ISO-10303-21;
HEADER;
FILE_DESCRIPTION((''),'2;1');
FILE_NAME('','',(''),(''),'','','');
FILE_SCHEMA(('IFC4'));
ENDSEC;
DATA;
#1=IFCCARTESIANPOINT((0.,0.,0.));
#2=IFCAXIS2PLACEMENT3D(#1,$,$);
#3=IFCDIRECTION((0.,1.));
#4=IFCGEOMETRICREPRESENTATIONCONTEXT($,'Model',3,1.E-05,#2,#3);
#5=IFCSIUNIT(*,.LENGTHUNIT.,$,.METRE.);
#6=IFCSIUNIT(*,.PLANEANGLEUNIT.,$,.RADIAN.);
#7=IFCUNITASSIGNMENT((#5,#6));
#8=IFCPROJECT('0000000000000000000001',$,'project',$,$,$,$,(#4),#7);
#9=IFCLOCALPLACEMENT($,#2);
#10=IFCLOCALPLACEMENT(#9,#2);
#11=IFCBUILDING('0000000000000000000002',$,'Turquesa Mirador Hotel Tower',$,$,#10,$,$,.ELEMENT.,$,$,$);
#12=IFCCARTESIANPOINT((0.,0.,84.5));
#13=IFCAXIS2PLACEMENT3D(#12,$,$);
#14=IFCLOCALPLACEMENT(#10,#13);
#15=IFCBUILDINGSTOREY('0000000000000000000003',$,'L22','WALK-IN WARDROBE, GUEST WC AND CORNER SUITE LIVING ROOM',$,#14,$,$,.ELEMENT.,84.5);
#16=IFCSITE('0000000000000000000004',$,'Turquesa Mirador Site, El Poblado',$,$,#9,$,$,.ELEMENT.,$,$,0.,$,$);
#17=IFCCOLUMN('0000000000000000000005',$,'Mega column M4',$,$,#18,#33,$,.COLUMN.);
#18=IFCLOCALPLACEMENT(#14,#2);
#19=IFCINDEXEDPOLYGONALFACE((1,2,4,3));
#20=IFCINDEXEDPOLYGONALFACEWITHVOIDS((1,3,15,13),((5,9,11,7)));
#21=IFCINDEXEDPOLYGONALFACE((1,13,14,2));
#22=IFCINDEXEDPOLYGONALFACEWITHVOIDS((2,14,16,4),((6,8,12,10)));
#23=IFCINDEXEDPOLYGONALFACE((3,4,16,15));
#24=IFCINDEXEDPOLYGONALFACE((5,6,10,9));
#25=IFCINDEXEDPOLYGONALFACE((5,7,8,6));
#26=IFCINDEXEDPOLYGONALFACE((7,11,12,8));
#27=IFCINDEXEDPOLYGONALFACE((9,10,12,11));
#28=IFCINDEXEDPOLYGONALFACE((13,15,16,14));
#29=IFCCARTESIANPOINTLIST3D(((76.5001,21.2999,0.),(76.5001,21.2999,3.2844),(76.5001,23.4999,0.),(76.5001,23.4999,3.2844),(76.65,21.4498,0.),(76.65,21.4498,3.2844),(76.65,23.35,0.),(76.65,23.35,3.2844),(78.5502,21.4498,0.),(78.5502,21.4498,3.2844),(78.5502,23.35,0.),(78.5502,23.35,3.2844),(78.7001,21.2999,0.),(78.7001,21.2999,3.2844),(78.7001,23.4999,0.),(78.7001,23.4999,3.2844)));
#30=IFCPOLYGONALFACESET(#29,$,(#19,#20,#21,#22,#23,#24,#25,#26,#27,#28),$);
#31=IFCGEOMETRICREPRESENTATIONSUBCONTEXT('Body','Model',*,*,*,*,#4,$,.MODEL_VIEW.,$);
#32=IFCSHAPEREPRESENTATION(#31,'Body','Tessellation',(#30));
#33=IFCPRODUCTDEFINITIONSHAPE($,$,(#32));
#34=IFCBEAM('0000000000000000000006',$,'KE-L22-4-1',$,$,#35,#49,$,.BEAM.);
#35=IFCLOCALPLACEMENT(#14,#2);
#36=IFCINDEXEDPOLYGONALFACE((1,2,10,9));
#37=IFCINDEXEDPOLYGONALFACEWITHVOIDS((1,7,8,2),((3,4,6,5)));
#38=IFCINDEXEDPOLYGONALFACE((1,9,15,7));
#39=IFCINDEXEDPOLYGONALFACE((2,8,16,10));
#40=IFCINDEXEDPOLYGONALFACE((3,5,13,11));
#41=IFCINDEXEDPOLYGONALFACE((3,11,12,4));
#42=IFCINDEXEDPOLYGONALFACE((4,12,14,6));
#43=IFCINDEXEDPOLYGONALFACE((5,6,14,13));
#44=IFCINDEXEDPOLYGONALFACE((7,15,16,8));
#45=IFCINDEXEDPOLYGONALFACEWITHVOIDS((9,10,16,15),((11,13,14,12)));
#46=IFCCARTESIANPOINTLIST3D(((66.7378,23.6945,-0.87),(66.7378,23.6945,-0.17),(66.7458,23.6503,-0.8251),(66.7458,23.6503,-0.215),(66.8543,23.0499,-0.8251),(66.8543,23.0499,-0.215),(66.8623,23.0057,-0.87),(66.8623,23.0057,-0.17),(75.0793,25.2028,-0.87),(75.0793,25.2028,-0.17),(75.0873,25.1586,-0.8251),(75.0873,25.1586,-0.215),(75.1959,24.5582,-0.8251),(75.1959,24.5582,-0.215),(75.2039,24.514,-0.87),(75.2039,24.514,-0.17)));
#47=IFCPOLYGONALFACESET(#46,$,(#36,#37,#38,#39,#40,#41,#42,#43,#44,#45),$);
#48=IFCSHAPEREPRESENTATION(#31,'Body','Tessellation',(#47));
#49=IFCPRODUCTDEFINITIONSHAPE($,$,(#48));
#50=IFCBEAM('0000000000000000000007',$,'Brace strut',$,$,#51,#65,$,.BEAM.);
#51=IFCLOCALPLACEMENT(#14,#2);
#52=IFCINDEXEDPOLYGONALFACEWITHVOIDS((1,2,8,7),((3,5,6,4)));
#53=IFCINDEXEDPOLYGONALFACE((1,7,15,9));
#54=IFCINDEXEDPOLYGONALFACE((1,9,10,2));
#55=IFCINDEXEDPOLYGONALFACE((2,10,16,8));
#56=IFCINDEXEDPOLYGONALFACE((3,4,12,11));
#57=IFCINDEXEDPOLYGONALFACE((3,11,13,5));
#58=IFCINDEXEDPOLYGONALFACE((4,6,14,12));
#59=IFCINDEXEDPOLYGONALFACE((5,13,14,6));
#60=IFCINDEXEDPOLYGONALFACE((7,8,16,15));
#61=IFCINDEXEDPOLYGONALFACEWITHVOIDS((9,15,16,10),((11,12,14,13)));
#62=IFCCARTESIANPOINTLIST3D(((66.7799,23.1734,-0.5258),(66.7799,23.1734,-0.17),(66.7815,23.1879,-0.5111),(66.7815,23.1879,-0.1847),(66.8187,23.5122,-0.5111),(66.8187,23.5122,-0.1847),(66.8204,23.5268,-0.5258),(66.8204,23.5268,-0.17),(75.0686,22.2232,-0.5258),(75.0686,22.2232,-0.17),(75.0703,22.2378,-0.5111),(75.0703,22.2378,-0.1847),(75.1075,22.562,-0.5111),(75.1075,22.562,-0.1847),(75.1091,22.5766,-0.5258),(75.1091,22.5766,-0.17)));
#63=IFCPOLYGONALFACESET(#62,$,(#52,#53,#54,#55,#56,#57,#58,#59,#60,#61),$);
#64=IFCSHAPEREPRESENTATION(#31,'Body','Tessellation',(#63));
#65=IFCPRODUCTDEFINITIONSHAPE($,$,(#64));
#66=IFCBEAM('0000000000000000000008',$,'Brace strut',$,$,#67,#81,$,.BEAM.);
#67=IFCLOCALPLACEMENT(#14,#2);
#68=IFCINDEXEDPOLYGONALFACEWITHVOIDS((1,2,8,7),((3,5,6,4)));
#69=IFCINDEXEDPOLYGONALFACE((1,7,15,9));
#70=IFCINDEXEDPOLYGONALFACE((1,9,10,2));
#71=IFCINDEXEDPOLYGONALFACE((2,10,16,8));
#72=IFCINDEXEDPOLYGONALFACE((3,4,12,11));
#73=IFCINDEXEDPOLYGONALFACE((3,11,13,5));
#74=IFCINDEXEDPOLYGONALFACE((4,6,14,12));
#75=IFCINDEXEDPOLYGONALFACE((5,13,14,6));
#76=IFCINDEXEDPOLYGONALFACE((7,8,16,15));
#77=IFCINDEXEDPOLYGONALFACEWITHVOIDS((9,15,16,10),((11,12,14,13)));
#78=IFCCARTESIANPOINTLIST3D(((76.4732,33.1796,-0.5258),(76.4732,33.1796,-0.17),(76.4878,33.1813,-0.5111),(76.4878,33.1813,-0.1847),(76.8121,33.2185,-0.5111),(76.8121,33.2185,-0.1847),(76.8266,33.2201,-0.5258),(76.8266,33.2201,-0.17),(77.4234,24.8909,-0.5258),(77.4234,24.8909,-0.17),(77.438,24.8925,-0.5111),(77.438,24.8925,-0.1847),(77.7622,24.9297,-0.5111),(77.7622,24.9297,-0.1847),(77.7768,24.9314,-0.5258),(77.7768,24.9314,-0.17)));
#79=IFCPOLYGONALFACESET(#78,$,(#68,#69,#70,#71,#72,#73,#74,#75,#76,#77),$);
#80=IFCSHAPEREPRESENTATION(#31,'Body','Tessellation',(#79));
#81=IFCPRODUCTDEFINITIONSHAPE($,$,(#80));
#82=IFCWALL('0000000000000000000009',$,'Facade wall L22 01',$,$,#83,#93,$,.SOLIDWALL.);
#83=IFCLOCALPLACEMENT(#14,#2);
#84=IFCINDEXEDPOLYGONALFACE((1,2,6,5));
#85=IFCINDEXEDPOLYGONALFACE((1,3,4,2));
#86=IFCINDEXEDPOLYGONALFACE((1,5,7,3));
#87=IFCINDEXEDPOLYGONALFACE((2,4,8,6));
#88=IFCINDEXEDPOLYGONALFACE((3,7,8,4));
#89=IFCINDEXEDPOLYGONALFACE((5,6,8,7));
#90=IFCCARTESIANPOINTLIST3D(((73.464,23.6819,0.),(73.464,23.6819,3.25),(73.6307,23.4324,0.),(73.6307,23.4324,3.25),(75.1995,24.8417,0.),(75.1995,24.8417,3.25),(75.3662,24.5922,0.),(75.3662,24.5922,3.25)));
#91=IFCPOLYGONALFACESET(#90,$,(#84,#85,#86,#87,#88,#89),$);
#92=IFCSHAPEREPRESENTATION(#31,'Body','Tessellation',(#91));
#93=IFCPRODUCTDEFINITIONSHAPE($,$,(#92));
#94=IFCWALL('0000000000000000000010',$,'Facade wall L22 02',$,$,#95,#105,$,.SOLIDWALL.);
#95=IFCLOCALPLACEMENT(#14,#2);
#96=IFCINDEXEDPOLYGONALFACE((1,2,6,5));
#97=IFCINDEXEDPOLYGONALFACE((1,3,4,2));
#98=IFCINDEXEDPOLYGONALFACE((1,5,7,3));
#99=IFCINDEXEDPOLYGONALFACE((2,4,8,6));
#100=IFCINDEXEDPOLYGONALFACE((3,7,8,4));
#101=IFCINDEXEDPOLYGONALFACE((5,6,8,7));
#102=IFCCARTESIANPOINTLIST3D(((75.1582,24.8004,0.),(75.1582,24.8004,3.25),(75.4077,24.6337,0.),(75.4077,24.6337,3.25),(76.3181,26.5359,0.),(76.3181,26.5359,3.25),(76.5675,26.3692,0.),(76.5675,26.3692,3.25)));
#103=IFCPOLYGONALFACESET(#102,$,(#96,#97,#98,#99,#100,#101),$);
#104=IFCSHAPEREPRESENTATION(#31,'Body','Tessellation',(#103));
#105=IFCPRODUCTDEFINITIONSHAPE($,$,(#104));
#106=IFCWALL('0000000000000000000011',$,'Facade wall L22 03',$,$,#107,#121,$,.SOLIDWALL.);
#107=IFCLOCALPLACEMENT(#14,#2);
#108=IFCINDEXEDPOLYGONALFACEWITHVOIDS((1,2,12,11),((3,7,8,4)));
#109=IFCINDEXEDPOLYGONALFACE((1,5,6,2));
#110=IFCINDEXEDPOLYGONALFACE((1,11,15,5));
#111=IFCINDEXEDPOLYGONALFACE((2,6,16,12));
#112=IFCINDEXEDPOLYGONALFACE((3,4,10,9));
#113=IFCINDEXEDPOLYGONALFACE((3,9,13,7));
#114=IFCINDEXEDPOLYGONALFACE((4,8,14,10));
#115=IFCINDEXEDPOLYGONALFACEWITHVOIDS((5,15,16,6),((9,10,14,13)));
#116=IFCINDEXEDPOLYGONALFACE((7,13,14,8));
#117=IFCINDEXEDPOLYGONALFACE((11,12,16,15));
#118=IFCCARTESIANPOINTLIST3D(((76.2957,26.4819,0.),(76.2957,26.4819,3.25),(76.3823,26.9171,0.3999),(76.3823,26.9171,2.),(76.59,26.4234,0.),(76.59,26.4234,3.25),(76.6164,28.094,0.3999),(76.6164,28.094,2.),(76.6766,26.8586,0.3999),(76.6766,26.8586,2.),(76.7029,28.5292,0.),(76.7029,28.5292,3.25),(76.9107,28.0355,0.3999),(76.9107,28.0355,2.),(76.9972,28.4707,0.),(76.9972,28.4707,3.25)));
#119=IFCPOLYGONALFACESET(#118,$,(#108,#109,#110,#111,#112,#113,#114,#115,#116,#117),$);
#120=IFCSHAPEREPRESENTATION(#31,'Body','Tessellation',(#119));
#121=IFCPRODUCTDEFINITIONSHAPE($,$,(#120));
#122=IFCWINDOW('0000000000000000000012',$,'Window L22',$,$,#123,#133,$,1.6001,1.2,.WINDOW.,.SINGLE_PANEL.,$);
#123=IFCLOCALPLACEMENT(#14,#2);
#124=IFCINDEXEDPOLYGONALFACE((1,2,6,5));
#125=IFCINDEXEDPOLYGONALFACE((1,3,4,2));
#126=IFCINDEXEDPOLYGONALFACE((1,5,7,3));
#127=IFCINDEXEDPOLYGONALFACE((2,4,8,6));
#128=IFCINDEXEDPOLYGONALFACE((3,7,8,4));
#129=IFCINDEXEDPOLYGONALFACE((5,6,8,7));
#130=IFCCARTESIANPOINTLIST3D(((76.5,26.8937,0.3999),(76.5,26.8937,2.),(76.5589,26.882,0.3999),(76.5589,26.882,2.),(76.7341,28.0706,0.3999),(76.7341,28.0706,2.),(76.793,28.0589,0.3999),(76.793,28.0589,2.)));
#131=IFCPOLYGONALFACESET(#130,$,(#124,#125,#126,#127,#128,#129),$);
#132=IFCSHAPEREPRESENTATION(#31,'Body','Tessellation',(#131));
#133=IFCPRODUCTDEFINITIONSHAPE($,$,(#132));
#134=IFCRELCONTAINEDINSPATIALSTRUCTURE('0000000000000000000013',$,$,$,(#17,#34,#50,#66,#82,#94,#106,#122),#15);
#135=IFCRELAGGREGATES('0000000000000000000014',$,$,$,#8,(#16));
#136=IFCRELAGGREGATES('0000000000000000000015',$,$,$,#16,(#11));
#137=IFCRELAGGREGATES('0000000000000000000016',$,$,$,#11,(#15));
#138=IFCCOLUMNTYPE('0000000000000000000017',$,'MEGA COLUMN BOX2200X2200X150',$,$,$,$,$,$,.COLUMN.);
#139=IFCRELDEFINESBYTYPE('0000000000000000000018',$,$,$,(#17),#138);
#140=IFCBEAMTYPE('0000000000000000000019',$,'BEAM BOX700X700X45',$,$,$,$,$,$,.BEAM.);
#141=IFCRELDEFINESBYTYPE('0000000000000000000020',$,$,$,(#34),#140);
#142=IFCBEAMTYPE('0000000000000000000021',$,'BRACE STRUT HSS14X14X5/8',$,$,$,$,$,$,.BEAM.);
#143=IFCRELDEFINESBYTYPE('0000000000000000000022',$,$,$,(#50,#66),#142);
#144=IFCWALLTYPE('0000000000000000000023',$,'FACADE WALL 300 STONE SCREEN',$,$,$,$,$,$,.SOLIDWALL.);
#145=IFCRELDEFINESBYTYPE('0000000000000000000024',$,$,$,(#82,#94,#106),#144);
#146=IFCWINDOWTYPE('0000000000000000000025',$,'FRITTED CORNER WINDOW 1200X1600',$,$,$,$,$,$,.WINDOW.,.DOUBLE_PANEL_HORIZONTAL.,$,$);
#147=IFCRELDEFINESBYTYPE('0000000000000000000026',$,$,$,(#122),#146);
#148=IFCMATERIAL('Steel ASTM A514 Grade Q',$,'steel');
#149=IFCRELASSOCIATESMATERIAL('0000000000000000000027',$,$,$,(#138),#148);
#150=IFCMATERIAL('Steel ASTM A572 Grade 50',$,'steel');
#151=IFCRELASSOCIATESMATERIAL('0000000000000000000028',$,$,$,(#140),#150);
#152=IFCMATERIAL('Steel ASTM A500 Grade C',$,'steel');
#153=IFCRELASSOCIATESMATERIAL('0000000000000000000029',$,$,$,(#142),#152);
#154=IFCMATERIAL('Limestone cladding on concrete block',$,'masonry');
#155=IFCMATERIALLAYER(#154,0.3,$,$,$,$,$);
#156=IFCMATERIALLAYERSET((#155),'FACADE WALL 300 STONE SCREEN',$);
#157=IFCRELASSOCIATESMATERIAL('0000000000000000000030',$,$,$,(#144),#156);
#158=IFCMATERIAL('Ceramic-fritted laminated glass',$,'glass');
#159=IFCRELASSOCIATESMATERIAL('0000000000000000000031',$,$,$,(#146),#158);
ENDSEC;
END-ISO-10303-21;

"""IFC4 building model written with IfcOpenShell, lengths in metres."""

from ifc_helpers import new_model, si_unit, direction, frame, frame_2d, origin, origin_2d, place, context, subcontext, project, spatial, rectangle, hollow_rectangle, extrude, clip, halfspace, material, layer, layer_set, material_profile, profile_set, type_object, element, fill, save


model = new_model("IFC4")

# Units and contexts
model_context = context("Model", 3, precision=1e-05, world=origin(), true_north=direction((0.0, 1.0)))
body_context = subcontext(model_context, "Body", "Model", "MODEL_VIEW")
ifc_project = project(units=[si_unit("LENGTHUNIT", "METRE"), si_unit("PLANEANGLEUNIT", "RADIAN")], contexts=[model_context])

# Site, building, storey
site_placement = place(None, origin())
site = spatial("IfcSite", under=ifc_project, at=site_placement, Name="Turquesa Mirador Site, El Poblado", CompositionType="ELEMENT", RefElevation=0.0)
building_placement = place(site_placement, origin())
building = spatial("IfcBuilding", under=site, at=building_placement, Name="Turquesa Mirador Hotel Tower", CompositionType="ELEMENT")
storey_placement = place(building_placement, frame((0.0, 0.0, 84.5)))
storey = spatial("IfcBuildingStorey", under=building, at=storey_placement, Name="L22", Description="WALK-IN WARDROBE, GUEST WC AND CORNER SUITE LIVING ROOM", CompositionType="ELEMENT", Elevation=84.5)

# Column
ifc_material_1 = material(Name="Steel ASTM A514 Grade Q", Category="steel")
ifc_material_profile_1 = material_profile(ifc_material_1, hollow_rectangle(XDim=2.2, YDim=2.2, WallThickness=0.1499, at=origin_2d()), Name="BOX2200X2200X150")
ifc_profile_set_1 = profile_set([ifc_material_profile_1], Name="Steel ASTM A514 Grade Q")
column_type = type_object("IfcColumnType", Name="MEGA COLUMN BOX2200X2200X150", PredefinedType="COLUMN", material=ifc_profile_set_1)
column_placement = place(storey_placement, frame((77.6001, 22.3999, 0.0), z_axis=(0.0, 0.0, 1.0), x_axis=(1.0, 0.0, 0.0)))
element("IfcColumn", 1, at=column_placement, inside=storey, type_object=column_type, Name="Mega column M4", PredefinedType="COLUMN", context=body_context, shape_type="Clipping", body=[
    clip(extrude(hollow_rectangle(XDim=2.2, YDim=2.2, WallThickness=0.1499, at=origin_2d()), origin(), (0.0, 0.0, 1.0), 3.5), halfspace(frame((0.0, 0.0, 3.2844), z_axis=(0.0, 0.0, 1.0), x_axis=(1.0, 0.0, 0.0)), False)),
])

# Beams
ifc_material_2 = material(Name="Steel ASTM A572 Grade 50", Category="steel")
ifc_material_profile_2 = material_profile(ifc_material_2, hollow_rectangle(XDim=0.7, YDim=0.7, WallThickness=0.0449, at=origin_2d()), Name="BOX700X700X45")
ifc_profile_set_2 = profile_set([ifc_material_profile_2], Name="Steel ASTM A572 Grade 50")
beam_type_1 = type_object("IfcBeamType", Name="BEAM BOX700X700X45", PredefinedType="BEAM", material=ifc_profile_set_2)
beam_placement = place(storey_placement, frame((75.1416, 24.8584, -0.52), z_axis=(-0.984043, -0.177932, 0.0), x_axis=(0.177932, -0.984043, 0.0)))
element("IfcBeam", 2, at=beam_placement, inside=storey, type_object=beam_type_1, Name="KE-L22-4-1", PredefinedType="BEAM", context=body_context, shape_type="SweptSolid", body=[
    extrude(hollow_rectangle(XDim=0.7, YDim=0.7, WallThickness=0.0449, at=origin_2d()), origin(), (0.0, 0.0, 1.0), 8.4768),
])
ifc_material_3 = material(Name="Steel ASTM A500 Grade C", Category="steel")
ifc_material_profile_3 = material_profile(ifc_material_3, hollow_rectangle(XDim=0.3557, YDim=0.3557, WallThickness=0.0146, at=origin_2d()), Name="HSS14X14X5/8")
ifc_profile_set_3 = profile_set([ifc_material_profile_3], Name="Steel ASTM A500 Grade C")
beam_type_2 = type_object("IfcBeamType", Name="BRACE STRUT HSS14X14X5/8", PredefinedType="BEAM", material=ifc_profile_set_3)
for number, where, z_axis, x_axis, name in (
    (3, (75.0889, 22.3999, -0.3479), (-0.993493, 0.11389, 0.0), (-0.11389, -0.993493, 0.0), "Brace strut"),
    (4, (77.6001, 24.9111, -0.3479), (-0.11389, 0.993493, 0.0), (-0.993493, -0.11389, 0.0), "Brace strut"),
):
    element("IfcBeam", number, at=place(storey_placement, frame(where, z_axis=z_axis, x_axis=x_axis)), inside=storey, type_object=beam_type_2, Name=name, PredefinedType="BEAM", context=body_context, shape_type="SweptSolid", body=[
        extrude(hollow_rectangle(XDim=0.3557, YDim=0.3557, WallThickness=0.0146, at=origin_2d()), origin(), (0.0, 0.0, 1.0), 8.343),
    ])

# Walls
ifc_material_4 = material(Name="Limestone cladding on concrete block", Category="masonry")
ifc_layer = layer(ifc_material_4, 0.3)
ifc_layer_set = layer_set([ifc_layer], Name="FACADE WALL 300 STONE SCREEN")
wall_type = type_object("IfcWallType", Name="FACADE WALL 300 STONE SCREEN", PredefinedType="SOLIDWALL", material=ifc_layer_set)
for number, where, z_axis, x_axis, name in (
    (5, (73.5474, 23.5571, 0.0), (0.0, 0.0, 1.0), (0.83142, 0.555644, 0.0), "Facade wall L22 01"),
    (6, (75.283, 24.717, 0.0), (0.0, 0.0, 1.0), (0.555644, 0.83142, 0.0), "Facade wall L22 02"),
):
    element("IfcWall", number, at=place(storey_placement, frame(where, z_axis=z_axis, x_axis=x_axis)), inside=storey, type_object=wall_type, Name=name, PredefinedType="SOLIDWALL", context=body_context, shape_type="SweptSolid", body=[
        extrude(rectangle(XDim=2.0874, YDim=0.3, at=frame_2d((1.0437, 0.0))), origin(), (0.0, 0.0, 1.0), 3.25),
    ])

# Wall, opening, window
wall_1_placement = place(storey_placement, frame((76.4429, 26.4526, 0.0), z_axis=(0.0, 0.0, 1.0), x_axis=(0.195081, 0.980787, 0.0)))
wall_1 = element("IfcWall", 7, at=wall_1_placement, inside=storey, type_object=wall_type, Name="Facade wall L22 03", PredefinedType="SOLIDWALL", context=body_context, shape_type="SweptSolid", body=[
    extrude(rectangle(XDim=2.0874, YDim=0.3, at=frame_2d((1.0437, 0.0))), origin(), (0.0, 0.0, 1.0), 3.25),
])
opening_1_placement = place(wall_1_placement, frame((0.4436, 0.0, 0.3999)))
opening_1 = element("IfcOpeningElement", 8, at=opening_1_placement, cuts=wall_1, PredefinedType="OPENING", context=body_context, shape_type="SweptSolid", body=[
    extrude(rectangle(XDim=1.2, YDim=1.6001, at=frame_2d((0.6001, 0.8))), frame((0.0, 0.1599, 0.0), z_axis=(0.0, -1.0, 0.0), x_axis=(1.0, 0.0, 0.0)), (0.0, 0.0, 1.0), 0.3201),
])
ifc_material_5 = material(Name="Ceramic-fritted laminated glass", Category="glass")
window_type_1 = type_object("IfcWindowType", Name="FRITTED CORNER WINDOW 1200X1600", PartitioningType="DOUBLE_PANEL_HORIZONTAL", PredefinedType="WINDOW", material=ifc_material_5)
window_1_placement = place(opening_1_placement, origin())
window_1 = element("IfcWindow", 9, at=window_1_placement, inside=storey, type_object=window_type_1, Name="Window L22", OverallHeight=1.6001, OverallWidth=1.2, PartitioningType="SINGLE_PANEL", PredefinedType="WINDOW", context=body_context, shape_type="SweptSolid", body=[
    extrude(rectangle(XDim=1.2, YDim=1.6001, at=frame_2d((0.6001, 0.8))), frame((0.0, 0.03, 0.0), z_axis=(0.0, -1.0, 0.0), x_axis=(1.0, 0.0, 0.0)), (0.0, 0.0, 1.0), 0.0601),
])
fill(opening_1, window_1)

save(model, "model.ifc")
